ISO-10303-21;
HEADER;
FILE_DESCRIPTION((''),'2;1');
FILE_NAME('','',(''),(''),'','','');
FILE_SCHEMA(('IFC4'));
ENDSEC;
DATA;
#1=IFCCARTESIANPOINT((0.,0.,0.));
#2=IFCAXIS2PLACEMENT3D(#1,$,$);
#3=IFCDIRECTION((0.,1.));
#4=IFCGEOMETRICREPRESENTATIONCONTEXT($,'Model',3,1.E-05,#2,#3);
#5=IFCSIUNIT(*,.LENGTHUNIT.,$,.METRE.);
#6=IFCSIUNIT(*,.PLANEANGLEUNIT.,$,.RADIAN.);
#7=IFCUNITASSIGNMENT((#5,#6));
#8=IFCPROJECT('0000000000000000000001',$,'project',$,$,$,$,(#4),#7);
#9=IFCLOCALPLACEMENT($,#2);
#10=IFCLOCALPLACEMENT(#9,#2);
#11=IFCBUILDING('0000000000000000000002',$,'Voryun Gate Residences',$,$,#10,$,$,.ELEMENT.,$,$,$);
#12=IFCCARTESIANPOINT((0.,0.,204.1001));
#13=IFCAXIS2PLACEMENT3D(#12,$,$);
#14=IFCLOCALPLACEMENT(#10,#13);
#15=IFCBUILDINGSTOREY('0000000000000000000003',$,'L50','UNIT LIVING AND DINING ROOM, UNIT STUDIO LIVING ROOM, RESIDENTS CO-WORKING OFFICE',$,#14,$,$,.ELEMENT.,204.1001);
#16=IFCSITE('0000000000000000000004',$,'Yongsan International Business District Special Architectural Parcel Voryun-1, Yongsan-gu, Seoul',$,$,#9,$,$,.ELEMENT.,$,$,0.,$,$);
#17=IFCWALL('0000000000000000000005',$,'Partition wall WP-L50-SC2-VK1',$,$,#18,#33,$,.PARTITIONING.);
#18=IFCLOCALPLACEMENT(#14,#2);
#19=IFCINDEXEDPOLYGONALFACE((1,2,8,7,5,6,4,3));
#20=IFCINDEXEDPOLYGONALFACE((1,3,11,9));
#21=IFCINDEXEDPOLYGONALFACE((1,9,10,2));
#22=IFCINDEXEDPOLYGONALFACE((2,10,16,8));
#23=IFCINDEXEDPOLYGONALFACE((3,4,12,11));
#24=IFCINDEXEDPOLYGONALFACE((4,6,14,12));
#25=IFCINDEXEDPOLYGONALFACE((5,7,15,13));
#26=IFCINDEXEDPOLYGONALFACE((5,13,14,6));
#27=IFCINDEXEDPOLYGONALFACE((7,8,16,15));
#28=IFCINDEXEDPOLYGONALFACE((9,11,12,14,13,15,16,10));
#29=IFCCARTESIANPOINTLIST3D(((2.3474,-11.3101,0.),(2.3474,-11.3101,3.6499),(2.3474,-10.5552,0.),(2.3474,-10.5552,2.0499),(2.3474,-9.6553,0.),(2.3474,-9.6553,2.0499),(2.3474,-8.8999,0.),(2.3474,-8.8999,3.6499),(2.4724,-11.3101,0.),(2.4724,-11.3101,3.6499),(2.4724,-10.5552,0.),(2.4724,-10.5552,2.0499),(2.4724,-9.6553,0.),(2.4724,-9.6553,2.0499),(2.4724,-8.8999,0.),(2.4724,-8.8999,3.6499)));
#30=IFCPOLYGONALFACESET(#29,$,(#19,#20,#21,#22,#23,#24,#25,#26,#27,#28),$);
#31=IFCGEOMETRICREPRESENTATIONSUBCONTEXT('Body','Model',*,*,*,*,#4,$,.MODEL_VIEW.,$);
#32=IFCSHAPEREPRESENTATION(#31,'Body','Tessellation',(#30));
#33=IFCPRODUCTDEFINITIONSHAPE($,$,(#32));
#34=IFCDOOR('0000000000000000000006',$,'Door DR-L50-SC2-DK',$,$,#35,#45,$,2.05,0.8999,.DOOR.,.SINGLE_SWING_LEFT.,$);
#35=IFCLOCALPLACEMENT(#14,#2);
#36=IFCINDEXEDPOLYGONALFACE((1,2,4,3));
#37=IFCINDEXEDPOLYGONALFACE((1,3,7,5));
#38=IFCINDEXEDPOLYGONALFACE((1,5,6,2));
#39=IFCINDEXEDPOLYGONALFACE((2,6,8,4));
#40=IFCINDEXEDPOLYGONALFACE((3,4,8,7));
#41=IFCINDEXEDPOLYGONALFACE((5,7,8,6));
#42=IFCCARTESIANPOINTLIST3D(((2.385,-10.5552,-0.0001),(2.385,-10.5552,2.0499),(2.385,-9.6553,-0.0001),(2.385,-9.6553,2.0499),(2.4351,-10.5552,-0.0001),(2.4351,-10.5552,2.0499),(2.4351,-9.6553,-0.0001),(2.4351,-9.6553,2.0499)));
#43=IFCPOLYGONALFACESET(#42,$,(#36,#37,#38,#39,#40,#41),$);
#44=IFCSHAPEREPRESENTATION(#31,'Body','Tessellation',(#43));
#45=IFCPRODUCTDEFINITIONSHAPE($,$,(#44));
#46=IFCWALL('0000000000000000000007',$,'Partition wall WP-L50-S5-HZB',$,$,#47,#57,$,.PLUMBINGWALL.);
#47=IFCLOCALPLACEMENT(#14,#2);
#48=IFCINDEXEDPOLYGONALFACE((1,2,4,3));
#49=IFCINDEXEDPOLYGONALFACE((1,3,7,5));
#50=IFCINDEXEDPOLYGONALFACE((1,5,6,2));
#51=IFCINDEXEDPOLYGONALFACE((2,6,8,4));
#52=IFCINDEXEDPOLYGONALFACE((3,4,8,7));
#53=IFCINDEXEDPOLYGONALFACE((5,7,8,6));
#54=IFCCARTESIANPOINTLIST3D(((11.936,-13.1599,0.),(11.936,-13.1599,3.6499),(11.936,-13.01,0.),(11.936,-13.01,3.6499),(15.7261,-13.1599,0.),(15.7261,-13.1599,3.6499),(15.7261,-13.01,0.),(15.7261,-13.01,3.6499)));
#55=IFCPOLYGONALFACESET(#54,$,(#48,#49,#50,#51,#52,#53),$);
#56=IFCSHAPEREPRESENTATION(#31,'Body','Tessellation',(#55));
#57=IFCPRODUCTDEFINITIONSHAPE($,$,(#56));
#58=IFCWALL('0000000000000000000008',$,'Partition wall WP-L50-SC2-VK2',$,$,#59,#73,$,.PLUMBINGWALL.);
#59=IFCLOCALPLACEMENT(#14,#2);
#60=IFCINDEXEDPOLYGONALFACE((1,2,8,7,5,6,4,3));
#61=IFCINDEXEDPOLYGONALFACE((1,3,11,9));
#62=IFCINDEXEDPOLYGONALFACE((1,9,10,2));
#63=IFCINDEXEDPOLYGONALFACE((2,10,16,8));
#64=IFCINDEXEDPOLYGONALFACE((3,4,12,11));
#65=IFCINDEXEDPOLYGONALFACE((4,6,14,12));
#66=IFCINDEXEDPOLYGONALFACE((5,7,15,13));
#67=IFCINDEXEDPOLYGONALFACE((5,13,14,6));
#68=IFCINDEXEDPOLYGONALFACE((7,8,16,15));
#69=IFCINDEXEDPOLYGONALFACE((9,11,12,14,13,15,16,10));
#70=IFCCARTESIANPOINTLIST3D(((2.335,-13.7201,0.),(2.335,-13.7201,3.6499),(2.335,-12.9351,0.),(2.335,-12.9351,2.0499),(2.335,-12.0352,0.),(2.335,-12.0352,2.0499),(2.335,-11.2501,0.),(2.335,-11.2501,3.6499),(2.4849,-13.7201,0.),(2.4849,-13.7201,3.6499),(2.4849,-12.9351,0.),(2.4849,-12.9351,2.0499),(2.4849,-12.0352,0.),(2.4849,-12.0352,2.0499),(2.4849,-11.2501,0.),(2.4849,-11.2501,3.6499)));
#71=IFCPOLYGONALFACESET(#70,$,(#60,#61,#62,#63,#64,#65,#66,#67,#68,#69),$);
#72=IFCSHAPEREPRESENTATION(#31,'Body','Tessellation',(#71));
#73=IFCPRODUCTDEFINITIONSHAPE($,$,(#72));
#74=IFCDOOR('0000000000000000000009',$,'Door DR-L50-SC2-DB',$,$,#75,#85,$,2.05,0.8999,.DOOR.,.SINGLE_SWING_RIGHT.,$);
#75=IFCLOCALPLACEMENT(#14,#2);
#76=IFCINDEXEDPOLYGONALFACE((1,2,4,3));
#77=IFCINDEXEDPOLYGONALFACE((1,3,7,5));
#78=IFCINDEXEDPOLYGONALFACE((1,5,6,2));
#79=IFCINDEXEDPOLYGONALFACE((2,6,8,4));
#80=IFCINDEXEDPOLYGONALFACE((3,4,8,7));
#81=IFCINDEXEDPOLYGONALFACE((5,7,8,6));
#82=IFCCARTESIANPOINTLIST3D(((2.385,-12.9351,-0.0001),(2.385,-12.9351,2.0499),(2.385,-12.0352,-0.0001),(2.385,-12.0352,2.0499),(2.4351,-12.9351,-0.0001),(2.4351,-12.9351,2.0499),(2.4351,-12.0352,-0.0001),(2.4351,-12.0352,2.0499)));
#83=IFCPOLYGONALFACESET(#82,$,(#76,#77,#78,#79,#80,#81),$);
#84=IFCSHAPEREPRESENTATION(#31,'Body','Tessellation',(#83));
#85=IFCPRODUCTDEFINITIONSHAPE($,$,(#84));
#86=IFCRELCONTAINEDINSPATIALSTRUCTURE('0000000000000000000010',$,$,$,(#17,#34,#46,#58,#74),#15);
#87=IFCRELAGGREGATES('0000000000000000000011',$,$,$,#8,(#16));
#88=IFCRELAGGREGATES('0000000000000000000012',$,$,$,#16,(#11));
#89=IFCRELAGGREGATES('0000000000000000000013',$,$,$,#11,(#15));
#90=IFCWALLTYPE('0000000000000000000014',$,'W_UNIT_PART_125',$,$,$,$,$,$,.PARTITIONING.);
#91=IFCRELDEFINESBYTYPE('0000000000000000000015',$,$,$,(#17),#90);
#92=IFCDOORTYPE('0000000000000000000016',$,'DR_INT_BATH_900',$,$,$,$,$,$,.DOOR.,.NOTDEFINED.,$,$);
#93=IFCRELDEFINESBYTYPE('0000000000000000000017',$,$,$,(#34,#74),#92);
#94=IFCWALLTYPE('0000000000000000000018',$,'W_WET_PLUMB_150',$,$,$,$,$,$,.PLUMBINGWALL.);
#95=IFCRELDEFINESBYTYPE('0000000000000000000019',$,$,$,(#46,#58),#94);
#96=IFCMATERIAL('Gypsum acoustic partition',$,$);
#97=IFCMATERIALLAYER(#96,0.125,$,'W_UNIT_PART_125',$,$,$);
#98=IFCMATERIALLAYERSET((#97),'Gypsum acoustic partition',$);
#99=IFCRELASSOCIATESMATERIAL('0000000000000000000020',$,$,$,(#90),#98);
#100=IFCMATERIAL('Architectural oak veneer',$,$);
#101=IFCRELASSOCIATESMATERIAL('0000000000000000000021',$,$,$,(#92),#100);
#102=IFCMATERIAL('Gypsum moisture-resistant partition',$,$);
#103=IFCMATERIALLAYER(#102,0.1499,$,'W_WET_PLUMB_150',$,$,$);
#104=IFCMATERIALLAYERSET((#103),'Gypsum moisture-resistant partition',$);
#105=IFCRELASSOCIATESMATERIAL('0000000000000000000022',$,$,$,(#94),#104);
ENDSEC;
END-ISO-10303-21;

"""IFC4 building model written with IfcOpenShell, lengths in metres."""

from ifc_helpers import new_model, si_unit, direction, frame, frame_2d, origin, place, context, subcontext, project, spatial, rectangle, extrude, material, layer, layer_set, type_object, element, fill, save


model = new_model("IFC4")

# Units and contexts
model_context = context("Model", 3, precision=1e-05, world=origin(), true_north=direction((0.0, 1.0)))
body_context = subcontext(model_context, "Body", "Model", "MODEL_VIEW")
ifc_project = project(units=[si_unit("LENGTHUNIT", "METRE"), si_unit("PLANEANGLEUNIT", "RADIAN")], contexts=[model_context])

# Site, building, storey
site_placement = place(None, origin())
site = spatial("IfcSite", under=ifc_project, at=site_placement, Name="Yongsan International Business District Special Architectural Parcel Voryun-1, Yongsan-gu, Seoul", CompositionType="ELEMENT", RefElevation=0.0)
building_placement = place(site_placement, origin())
building = spatial("IfcBuilding", under=site, at=building_placement, Name="Voryun Gate Residences", CompositionType="ELEMENT")
storey_placement = place(building_placement, frame((0.0, 0.0, 204.1001)))
storey = spatial("IfcBuildingStorey", under=building, at=storey_placement, Name="L50", Description="UNIT LIVING AND DINING ROOM, UNIT STUDIO LIVING ROOM, RESIDENTS CO-WORKING OFFICE", CompositionType="ELEMENT", Elevation=204.1001)

# Shared definitions
ifc_material_1 = material(Name="Gypsum acoustic partition")
ifc_layer_1 = layer(ifc_material_1, 0.125, Name="W_UNIT_PART_125")
ifc_layer_set_1 = layer_set([ifc_layer_1], Name="Gypsum acoustic partition")
wall_type_1 = type_object("IfcWallType", Name="W_UNIT_PART_125", PredefinedType="PARTITIONING", material=ifc_layer_set_1)

# Wall, opening, door
wall_1_placement = place(storey_placement, frame((2.4099, -11.3101, 0.0), z_axis=(0.0, 0.0, 1.0), x_axis=(0.0, 1.0, 0.0)))
wall_1 = element("IfcWall", 1, at=wall_1_placement, inside=storey, type_object=wall_type_1, Name="Partition wall WP-L50-SC2-VK1", PredefinedType="PARTITIONING", context=body_context, shape_type="SweptSolid", body=[
    extrude(rectangle(XDim=2.4102, YDim=0.125, at=frame_2d((1.2051, 0.0))), origin(), (0.0, 0.0, 1.0), 3.6499),
])
opening_1_placement = place(wall_1_placement, frame((0.7549, 0.0, 0.0)))
opening_1 = element("IfcOpeningElement", 2, at=opening_1_placement, cuts=wall_1, PredefinedType="OPENING", context=body_context, shape_type="SweptSolid", body=[
    extrude(rectangle(XDim=0.8999, YDim=2.05, at=frame_2d((0.45, 1.0249))), frame((0.0, 0.0725, 0.0), z_axis=(0.0, -1.0, 0.0), x_axis=(1.0, 0.0, 0.0)), (0.0, 0.0, 1.0), 0.145),
])
ifc_material_2 = material(Name="Architectural oak veneer")
door_type_1 = type_object("IfcDoorType", Name="DR_INT_BATH_900", OperationType="NOTDEFINED", PredefinedType="DOOR", material=ifc_material_2)
door_1_placement = place(opening_1_placement, origin())
door_1 = element("IfcDoor", 3, at=door_1_placement, inside=storey, type_object=door_type_1, Name="Door DR-L50-SC2-DK", OperationType="SINGLE_SWING_LEFT", OverallHeight=2.05, OverallWidth=0.8999, PredefinedType="DOOR", context=body_context, shape_type="SweptSolid", body=[
    extrude(rectangle(XDim=0.8999, YDim=2.05, at=frame_2d((0.45, 1.0249))), frame((0.0, 0.0249, 0.0), z_axis=(0.0, -1.0, 0.0), x_axis=(1.0, 0.0, 0.0)), (0.0, 0.0, 1.0), 0.05),
])
fill(opening_1, door_1)

# Wall
ifc_material_3 = material(Name="Gypsum moisture-resistant partition")
ifc_layer_2 = layer(ifc_material_3, 0.1499, Name="W_WET_PLUMB_150")
ifc_layer_set_2 = layer_set([ifc_layer_2], Name="Gypsum moisture-resistant partition")
wall_type_2 = type_object("IfcWallType", Name="W_WET_PLUMB_150", PredefinedType="PLUMBINGWALL", material=ifc_layer_set_2)
wall_2_placement = place(storey_placement, frame((11.936, -13.085, 0.0), z_axis=(0.0, 0.0, 1.0), x_axis=(1.0, 0.0, 0.0)))
element("IfcWall", 4, at=wall_2_placement, inside=storey, type_object=wall_type_2, Name="Partition wall WP-L50-S5-HZB", PredefinedType="PLUMBINGWALL", context=body_context, shape_type="SweptSolid", body=[
    extrude(rectangle(XDim=3.79, YDim=0.1499, at=frame_2d((1.895, 0.0))), origin(), (0.0, 0.0, 1.0), 3.6499),
])

# Wall, opening, door
wall_3_placement = place(storey_placement, frame((2.4099, -13.72, 0.0), z_axis=(0.0, 0.0, 1.0), x_axis=(0.0, 1.0, 0.0)))
wall_3 = element("IfcWall", 5, at=wall_3_placement, inside=storey, type_object=wall_type_2, Name="Partition wall WP-L50-SC2-VK2", PredefinedType="PLUMBINGWALL", context=body_context, shape_type="SweptSolid", body=[
    extrude(rectangle(XDim=2.47, YDim=0.1499, at=frame_2d((1.2349, 0.0))), origin(), (0.0, 0.0, 1.0), 3.6499),
])
opening_2_placement = place(wall_3_placement, frame((0.7849, 0.0, 0.0)))
opening_2 = element("IfcOpeningElement", 6, at=opening_2_placement, cuts=wall_3, PredefinedType="OPENING", context=body_context, shape_type="SweptSolid", body=[
    extrude(rectangle(XDim=0.8999, YDim=2.05, at=frame_2d((0.45, 1.0249))), frame((0.0, 0.085, 0.0), z_axis=(0.0, -1.0, 0.0), x_axis=(1.0, 0.0, 0.0)), (0.0, 0.0, 1.0), 0.1699),
])
door_2_placement = place(opening_2_placement, origin())
door_2 = element("IfcDoor", 7, at=door_2_placement, inside=storey, type_object=door_type_1, Name="Door DR-L50-SC2-DB", OperationType="SINGLE_SWING_RIGHT", OverallHeight=2.05, OverallWidth=0.8999, PredefinedType="DOOR", context=body_context, shape_type="SweptSolid", body=[
    extrude(rectangle(XDim=0.8999, YDim=2.05, at=frame_2d((0.45, 1.0249))), frame((0.0, 0.0249, 0.0), z_axis=(0.0, -1.0, 0.0), x_axis=(1.0, 0.0, 0.0)), (0.0, 0.0, 1.0), 0.05),
])
fill(opening_2, door_2)

save(model, "model.ifc")
